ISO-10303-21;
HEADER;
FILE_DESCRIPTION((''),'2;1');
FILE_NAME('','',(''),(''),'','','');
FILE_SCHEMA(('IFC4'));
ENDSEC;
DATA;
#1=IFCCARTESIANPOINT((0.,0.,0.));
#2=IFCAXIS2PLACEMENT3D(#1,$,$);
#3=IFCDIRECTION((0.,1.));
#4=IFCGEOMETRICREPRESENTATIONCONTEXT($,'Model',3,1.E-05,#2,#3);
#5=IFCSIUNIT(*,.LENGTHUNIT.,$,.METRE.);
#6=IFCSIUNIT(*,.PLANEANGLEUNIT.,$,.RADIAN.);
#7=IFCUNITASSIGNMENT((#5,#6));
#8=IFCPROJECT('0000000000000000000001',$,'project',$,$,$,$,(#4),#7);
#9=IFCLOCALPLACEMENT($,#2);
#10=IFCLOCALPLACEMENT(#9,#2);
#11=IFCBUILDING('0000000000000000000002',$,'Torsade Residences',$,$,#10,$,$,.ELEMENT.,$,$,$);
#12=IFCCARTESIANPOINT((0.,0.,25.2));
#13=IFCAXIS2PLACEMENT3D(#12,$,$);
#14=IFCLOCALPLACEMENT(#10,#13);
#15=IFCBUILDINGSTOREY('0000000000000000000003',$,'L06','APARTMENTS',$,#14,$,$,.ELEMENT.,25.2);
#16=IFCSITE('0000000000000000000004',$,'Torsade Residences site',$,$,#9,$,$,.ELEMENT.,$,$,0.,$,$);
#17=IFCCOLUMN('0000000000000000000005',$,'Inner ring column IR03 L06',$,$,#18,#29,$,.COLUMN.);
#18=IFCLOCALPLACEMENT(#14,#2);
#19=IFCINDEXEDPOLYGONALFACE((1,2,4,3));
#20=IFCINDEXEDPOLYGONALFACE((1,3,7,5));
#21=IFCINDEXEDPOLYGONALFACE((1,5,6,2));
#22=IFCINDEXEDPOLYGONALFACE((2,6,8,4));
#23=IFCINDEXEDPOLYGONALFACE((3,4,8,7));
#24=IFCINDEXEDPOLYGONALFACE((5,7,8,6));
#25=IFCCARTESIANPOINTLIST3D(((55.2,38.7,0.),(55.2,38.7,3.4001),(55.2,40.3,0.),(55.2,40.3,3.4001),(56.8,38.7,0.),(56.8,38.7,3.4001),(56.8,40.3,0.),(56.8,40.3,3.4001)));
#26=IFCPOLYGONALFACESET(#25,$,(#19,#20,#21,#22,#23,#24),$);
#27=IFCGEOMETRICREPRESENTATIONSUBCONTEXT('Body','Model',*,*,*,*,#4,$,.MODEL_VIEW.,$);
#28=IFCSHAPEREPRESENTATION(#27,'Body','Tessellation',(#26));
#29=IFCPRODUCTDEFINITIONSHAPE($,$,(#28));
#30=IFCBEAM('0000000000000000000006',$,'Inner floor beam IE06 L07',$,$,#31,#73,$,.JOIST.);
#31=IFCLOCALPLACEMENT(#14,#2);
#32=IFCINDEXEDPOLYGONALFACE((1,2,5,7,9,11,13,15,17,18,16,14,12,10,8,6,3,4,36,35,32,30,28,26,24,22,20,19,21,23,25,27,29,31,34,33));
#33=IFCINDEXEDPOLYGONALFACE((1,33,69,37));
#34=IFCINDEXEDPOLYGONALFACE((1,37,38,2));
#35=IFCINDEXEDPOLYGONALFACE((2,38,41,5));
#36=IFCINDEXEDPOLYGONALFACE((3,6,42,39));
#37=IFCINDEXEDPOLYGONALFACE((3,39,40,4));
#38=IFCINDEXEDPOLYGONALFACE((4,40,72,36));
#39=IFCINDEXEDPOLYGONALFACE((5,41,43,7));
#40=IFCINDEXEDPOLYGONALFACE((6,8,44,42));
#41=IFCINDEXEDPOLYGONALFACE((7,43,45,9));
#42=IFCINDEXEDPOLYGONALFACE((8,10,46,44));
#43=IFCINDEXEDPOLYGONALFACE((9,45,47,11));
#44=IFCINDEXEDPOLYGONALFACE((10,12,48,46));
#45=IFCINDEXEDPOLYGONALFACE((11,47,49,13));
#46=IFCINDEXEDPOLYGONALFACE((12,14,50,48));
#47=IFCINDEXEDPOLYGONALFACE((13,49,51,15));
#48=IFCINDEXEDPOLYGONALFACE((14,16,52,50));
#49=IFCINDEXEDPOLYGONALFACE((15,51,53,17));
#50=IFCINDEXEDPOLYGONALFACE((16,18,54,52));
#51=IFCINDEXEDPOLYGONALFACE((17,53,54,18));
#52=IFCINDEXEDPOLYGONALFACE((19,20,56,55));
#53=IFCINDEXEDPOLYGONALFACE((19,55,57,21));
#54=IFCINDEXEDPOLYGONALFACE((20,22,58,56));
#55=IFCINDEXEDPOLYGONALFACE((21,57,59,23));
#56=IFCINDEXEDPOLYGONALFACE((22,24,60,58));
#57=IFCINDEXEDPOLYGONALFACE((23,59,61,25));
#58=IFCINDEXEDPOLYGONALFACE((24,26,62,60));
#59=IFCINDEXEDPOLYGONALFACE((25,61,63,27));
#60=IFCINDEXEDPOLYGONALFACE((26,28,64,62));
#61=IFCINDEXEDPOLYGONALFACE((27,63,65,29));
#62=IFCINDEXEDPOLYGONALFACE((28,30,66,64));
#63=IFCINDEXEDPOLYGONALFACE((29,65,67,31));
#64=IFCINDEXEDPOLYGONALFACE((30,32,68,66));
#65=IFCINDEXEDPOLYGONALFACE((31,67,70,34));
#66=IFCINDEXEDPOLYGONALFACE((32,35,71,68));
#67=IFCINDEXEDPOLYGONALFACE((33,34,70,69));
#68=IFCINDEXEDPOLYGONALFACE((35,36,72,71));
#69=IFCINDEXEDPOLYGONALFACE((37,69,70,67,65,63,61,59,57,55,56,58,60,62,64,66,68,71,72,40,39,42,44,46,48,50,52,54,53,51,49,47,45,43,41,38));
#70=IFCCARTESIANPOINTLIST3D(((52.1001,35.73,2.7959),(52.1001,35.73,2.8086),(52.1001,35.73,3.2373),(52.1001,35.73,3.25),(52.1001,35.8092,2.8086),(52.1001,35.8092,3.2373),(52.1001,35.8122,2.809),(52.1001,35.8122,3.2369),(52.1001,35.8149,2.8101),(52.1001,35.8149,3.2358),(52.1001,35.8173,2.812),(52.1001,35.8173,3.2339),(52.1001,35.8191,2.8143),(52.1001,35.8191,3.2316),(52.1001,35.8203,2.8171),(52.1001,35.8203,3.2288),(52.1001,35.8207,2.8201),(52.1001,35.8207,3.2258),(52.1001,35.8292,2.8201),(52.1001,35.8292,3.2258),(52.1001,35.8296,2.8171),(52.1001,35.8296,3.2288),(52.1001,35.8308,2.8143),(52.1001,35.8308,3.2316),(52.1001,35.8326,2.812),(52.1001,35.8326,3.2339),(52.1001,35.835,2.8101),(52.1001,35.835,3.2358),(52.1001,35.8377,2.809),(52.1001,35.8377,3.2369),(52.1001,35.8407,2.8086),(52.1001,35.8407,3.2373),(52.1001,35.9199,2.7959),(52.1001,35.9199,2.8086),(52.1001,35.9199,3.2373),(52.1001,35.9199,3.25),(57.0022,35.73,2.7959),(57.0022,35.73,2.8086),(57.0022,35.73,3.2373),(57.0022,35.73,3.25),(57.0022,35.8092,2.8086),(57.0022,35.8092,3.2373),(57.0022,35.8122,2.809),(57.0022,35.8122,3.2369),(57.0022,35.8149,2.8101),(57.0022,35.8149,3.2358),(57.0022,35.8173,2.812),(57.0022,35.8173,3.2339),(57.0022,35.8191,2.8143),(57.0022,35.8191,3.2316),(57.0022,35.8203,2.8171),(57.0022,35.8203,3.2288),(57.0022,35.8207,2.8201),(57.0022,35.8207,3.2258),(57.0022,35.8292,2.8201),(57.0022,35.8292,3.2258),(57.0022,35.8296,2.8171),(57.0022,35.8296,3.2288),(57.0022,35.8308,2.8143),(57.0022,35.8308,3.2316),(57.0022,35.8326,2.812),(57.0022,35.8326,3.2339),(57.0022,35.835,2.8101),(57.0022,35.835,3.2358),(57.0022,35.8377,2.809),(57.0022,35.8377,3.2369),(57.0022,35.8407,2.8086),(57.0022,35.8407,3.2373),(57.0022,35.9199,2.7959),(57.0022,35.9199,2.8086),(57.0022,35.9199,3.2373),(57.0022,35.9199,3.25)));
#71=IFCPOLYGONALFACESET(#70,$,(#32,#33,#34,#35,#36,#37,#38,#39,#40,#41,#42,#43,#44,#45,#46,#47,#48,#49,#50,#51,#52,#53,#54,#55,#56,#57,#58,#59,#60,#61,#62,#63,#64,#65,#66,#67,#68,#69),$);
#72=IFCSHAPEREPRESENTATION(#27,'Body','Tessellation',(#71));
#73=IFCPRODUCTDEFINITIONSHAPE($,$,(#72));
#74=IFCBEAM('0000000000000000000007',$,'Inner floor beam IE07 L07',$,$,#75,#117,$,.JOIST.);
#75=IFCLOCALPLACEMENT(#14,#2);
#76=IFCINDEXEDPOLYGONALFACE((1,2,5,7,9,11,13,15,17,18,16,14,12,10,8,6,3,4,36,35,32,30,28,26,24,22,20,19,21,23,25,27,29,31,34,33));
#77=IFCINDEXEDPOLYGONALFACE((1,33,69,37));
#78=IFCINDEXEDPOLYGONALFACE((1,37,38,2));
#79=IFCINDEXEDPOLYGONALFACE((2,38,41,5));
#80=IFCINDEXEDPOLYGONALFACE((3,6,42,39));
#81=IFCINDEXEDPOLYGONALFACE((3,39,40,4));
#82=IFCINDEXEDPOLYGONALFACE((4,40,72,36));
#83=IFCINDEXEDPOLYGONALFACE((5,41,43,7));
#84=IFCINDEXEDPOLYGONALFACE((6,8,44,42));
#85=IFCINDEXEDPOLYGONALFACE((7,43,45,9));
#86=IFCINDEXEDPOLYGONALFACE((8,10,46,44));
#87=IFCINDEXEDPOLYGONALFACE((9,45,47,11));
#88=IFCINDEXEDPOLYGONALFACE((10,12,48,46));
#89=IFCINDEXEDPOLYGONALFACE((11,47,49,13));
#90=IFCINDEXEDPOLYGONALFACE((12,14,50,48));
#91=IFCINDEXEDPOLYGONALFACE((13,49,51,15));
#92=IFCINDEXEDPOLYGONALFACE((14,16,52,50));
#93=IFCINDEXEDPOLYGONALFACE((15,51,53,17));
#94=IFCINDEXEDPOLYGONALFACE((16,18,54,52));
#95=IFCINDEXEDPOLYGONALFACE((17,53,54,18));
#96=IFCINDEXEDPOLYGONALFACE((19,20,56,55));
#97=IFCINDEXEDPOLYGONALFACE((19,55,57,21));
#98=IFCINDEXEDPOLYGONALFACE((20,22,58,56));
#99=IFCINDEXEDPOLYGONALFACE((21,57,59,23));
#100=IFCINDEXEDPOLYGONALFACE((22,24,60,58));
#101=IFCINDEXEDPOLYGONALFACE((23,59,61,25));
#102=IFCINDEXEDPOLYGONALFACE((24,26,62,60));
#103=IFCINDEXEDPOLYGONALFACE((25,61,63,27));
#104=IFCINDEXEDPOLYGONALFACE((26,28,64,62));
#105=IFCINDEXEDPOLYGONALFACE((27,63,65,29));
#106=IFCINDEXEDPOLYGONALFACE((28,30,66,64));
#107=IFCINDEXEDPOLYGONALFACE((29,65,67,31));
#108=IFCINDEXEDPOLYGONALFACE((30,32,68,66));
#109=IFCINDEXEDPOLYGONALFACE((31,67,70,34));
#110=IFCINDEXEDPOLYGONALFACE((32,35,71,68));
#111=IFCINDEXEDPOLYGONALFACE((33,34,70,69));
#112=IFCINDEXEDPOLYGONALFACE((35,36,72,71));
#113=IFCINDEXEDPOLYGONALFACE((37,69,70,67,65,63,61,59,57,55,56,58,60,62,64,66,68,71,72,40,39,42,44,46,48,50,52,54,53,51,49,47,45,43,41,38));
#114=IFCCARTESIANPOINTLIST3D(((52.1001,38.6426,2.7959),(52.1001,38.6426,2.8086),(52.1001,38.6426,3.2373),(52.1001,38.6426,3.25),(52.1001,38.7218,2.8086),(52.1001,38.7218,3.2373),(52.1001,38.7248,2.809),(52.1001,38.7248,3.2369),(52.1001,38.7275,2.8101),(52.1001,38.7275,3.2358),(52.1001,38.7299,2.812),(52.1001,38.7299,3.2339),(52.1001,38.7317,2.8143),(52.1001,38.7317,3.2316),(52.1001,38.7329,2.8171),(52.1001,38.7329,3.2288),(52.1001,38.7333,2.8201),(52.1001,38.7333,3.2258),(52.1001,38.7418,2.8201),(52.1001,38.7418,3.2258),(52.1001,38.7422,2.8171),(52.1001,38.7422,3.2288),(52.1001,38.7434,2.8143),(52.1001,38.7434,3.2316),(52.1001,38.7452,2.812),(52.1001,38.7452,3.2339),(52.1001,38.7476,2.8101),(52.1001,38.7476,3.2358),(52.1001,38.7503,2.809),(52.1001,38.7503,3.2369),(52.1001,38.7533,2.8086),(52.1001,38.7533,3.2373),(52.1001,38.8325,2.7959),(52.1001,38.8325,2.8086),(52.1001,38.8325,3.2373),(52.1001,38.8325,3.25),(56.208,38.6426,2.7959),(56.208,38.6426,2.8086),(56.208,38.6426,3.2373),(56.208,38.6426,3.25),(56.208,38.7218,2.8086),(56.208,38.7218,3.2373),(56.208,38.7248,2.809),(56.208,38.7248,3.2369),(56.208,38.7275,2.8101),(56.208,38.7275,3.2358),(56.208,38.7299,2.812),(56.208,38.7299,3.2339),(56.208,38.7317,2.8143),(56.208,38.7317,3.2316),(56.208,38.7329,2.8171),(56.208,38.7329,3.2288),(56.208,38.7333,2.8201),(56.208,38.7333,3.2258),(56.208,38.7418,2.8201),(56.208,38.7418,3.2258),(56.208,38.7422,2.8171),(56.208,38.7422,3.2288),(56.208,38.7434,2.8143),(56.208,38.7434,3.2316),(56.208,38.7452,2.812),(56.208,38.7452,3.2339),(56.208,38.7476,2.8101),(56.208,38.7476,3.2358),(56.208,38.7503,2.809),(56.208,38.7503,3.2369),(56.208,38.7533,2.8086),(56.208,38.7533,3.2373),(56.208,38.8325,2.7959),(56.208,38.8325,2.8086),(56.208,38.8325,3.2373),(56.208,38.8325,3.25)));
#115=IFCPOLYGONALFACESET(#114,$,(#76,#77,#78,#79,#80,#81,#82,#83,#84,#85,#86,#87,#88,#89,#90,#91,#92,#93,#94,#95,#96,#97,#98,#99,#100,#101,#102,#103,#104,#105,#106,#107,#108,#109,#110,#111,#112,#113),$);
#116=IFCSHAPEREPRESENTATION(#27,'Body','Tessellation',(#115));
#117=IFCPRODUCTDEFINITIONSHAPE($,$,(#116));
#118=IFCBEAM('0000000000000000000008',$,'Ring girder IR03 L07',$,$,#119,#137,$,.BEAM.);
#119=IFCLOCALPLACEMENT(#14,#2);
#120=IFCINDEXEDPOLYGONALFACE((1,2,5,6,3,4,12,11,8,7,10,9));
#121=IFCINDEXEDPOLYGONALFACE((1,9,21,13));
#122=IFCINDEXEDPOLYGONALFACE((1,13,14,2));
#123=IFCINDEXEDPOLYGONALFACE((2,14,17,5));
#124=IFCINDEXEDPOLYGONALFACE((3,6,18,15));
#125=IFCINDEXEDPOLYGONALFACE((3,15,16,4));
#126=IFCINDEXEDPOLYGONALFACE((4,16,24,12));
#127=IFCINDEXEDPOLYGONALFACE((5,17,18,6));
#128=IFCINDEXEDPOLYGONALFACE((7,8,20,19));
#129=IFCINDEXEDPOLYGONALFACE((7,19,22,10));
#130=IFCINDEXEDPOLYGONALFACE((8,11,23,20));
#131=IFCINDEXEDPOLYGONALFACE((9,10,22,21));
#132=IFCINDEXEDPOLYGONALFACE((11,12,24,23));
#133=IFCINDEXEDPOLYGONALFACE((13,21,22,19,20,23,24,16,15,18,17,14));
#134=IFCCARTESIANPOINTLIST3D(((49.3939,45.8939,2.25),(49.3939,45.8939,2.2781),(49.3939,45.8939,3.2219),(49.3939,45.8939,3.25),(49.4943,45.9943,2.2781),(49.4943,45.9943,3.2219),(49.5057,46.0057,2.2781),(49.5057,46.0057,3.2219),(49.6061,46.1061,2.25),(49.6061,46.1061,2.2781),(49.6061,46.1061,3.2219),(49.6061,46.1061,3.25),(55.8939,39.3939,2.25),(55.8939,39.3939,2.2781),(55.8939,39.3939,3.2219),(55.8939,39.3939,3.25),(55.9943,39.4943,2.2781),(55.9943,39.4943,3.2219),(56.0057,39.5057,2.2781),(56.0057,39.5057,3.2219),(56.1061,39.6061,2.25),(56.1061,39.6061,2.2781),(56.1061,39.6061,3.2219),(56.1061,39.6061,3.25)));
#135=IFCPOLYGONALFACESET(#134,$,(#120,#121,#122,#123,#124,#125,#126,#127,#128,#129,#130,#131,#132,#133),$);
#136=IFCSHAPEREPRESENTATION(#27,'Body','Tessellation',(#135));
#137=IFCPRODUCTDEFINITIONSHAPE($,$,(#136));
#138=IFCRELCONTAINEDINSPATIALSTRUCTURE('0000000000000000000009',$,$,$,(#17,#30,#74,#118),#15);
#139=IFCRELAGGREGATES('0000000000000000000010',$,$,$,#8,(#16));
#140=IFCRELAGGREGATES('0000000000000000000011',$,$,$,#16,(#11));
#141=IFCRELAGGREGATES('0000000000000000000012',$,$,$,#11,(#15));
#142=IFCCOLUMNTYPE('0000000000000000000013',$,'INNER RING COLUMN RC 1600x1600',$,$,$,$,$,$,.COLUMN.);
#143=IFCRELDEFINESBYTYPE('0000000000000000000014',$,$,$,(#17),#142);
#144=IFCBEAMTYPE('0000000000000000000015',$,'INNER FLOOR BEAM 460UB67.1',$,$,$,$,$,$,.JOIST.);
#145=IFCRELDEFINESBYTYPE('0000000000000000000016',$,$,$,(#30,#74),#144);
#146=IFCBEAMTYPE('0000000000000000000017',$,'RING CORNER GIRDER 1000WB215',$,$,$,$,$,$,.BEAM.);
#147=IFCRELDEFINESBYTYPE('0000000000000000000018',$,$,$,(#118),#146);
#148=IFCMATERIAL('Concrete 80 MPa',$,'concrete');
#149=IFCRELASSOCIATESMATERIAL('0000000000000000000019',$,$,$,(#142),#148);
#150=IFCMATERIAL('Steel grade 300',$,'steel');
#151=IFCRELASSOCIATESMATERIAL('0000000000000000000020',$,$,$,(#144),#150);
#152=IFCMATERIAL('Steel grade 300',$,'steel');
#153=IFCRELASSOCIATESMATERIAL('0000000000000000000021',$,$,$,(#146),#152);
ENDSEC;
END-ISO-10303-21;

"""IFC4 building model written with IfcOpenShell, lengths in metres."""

from ifc_helpers import new_model, si_unit, direction, frame, origin, origin_2d, place, context, subcontext, project, spatial, rectangle, i_section, extrude, material, material_profile, profile_set, type_object, element, save


model = new_model("IFC4")

# Units and contexts
model_context = context("Model", 3, precision=1e-05, world=origin(), true_north=direction((0.0, 1.0)))
body_context = subcontext(model_context, "Body", "Model", "MODEL_VIEW")
ifc_project = project(units=[si_unit("LENGTHUNIT", "METRE"), si_unit("PLANEANGLEUNIT", "RADIAN")], contexts=[model_context])

# Site, building, storey
site_placement = place(None, origin())
site = spatial("IfcSite", under=ifc_project, at=site_placement, Name="Torsade Residences site", CompositionType="ELEMENT", RefElevation=0.0)
building_placement = place(site_placement, origin())
building = spatial("IfcBuilding", under=site, at=building_placement, Name="Torsade Residences", CompositionType="ELEMENT")
storey_placement = place(building_placement, frame((0.0, 0.0, 25.2)))
storey = spatial("IfcBuildingStorey", under=building, at=storey_placement, Name="L06", Description="APARTMENTS", CompositionType="ELEMENT", Elevation=25.2)

# Column
ifc_material_1 = material(Name="Concrete 80 MPa", Category="concrete")
ifc_material_profile_1 = material_profile(ifc_material_1, rectangle(XDim=1.6001, YDim=1.6001, at=origin_2d()), Name="RC 1600x1600")
ifc_profile_set_1 = profile_set([ifc_material_profile_1], Name="Concrete 80 MPa")
column_type = type_object("IfcColumnType", Name="INNER RING COLUMN RC 1600x1600", PredefinedType="COLUMN", material=ifc_profile_set_1)
column_placement = place(storey_placement, frame((56.0, 39.5, 0.0), z_axis=(0.0, 0.0, 1.0), x_axis=(1.0, 0.0, 0.0)))
element("IfcColumn", 1, at=column_placement, inside=storey, type_object=column_type, Name="Inner ring column IR03 L06", PredefinedType="COLUMN", context=body_context, shape_type="SweptSolid", body=[
    extrude(rectangle(XDim=1.6001, YDim=1.6001, at=origin_2d()), origin(), (0.0, 0.0, 1.0), 3.4001),
])

# Beams
ifc_material_2 = material(Name="Steel grade 300", Category="steel")
ifc_material_profile_2 = material_profile(ifc_material_2, i_section(OverallWidth=0.1899, OverallDepth=0.4541, WebThickness=0.0085, FlangeThickness=0.0127, FilletRadius=0.0115, at=origin_2d()), Name="460UB67.1")
ifc_profile_set_2 = profile_set([ifc_material_profile_2], Name="Steel grade 300")
beam_type_1 = type_object("IfcBeamType", Name="INNER FLOOR BEAM 460UB67.1", PredefinedType="JOIST", material=ifc_profile_set_2)
beam_1_placement = place(storey_placement, frame((52.1001, 35.825, 3.0229), z_axis=(1.0, 0.0, 0.0), x_axis=(0.0, 1.0, 0.0)))
element("IfcBeam", 2, at=beam_1_placement, inside=storey, type_object=beam_type_1, Name="Inner floor beam IE06 L07", PredefinedType="JOIST", context=body_context, shape_type="SweptSolid", body=[
    extrude(i_section(OverallWidth=0.1899, OverallDepth=0.4541, WebThickness=0.0085, FlangeThickness=0.0127, FilletRadius=0.0115, at=origin_2d()), origin(), (0.0, 0.0, 1.0), 4.9021),
])
beam_2_placement = place(storey_placement, frame((52.1001, 38.7375, 3.0229), z_axis=(1.0, 0.0, 0.0), x_axis=(0.0, 1.0, 0.0)))
element("IfcBeam", 3, at=beam_2_placement, inside=storey, type_object=beam_type_1, Name="Inner floor beam IE07 L07", PredefinedType="JOIST", context=body_context, shape_type="SweptSolid", body=[
    extrude(i_section(OverallWidth=0.1899, OverallDepth=0.4541, WebThickness=0.0085, FlangeThickness=0.0127, FilletRadius=0.0115, at=origin_2d()), origin(), (0.0, 0.0, 1.0), 4.1079),
])
ifc_material_3 = material(Name="Steel grade 300", Category="steel")
ifc_material_profile_3 = material_profile(ifc_material_3, i_section(OverallWidth=0.3, OverallDepth=1.0, WebThickness=0.0161, FlangeThickness=0.0281, at=origin_2d()), Name="1000WB215")
ifc_profile_set_3 = profile_set([ifc_material_profile_3], Name="Steel grade 300")
beam_type_2 = type_object("IfcBeamType", Name="RING CORNER GIRDER 1000WB215", PredefinedType="BEAM", material=ifc_profile_set_3)
beam_3_placement = place(storey_placement, frame((56.0, 39.5, 2.75), z_axis=(-0.707107, 0.707107, 0.0), x_axis=(-0.707107, -0.707107, 0.0)))
element("IfcBeam", 4, at=beam_3_placement, inside=storey, type_object=beam_type_2, Name="Ring girder IR03 L07", PredefinedType="BEAM", context=body_context, shape_type="SweptSolid", body=[
    extrude(i_section(OverallWidth=0.3, OverallDepth=1.0, WebThickness=0.0161, FlangeThickness=0.0281, at=origin_2d()), origin(), (0.0, 0.0, 1.0), 9.1924),
])

save(model, "model.ifc")
